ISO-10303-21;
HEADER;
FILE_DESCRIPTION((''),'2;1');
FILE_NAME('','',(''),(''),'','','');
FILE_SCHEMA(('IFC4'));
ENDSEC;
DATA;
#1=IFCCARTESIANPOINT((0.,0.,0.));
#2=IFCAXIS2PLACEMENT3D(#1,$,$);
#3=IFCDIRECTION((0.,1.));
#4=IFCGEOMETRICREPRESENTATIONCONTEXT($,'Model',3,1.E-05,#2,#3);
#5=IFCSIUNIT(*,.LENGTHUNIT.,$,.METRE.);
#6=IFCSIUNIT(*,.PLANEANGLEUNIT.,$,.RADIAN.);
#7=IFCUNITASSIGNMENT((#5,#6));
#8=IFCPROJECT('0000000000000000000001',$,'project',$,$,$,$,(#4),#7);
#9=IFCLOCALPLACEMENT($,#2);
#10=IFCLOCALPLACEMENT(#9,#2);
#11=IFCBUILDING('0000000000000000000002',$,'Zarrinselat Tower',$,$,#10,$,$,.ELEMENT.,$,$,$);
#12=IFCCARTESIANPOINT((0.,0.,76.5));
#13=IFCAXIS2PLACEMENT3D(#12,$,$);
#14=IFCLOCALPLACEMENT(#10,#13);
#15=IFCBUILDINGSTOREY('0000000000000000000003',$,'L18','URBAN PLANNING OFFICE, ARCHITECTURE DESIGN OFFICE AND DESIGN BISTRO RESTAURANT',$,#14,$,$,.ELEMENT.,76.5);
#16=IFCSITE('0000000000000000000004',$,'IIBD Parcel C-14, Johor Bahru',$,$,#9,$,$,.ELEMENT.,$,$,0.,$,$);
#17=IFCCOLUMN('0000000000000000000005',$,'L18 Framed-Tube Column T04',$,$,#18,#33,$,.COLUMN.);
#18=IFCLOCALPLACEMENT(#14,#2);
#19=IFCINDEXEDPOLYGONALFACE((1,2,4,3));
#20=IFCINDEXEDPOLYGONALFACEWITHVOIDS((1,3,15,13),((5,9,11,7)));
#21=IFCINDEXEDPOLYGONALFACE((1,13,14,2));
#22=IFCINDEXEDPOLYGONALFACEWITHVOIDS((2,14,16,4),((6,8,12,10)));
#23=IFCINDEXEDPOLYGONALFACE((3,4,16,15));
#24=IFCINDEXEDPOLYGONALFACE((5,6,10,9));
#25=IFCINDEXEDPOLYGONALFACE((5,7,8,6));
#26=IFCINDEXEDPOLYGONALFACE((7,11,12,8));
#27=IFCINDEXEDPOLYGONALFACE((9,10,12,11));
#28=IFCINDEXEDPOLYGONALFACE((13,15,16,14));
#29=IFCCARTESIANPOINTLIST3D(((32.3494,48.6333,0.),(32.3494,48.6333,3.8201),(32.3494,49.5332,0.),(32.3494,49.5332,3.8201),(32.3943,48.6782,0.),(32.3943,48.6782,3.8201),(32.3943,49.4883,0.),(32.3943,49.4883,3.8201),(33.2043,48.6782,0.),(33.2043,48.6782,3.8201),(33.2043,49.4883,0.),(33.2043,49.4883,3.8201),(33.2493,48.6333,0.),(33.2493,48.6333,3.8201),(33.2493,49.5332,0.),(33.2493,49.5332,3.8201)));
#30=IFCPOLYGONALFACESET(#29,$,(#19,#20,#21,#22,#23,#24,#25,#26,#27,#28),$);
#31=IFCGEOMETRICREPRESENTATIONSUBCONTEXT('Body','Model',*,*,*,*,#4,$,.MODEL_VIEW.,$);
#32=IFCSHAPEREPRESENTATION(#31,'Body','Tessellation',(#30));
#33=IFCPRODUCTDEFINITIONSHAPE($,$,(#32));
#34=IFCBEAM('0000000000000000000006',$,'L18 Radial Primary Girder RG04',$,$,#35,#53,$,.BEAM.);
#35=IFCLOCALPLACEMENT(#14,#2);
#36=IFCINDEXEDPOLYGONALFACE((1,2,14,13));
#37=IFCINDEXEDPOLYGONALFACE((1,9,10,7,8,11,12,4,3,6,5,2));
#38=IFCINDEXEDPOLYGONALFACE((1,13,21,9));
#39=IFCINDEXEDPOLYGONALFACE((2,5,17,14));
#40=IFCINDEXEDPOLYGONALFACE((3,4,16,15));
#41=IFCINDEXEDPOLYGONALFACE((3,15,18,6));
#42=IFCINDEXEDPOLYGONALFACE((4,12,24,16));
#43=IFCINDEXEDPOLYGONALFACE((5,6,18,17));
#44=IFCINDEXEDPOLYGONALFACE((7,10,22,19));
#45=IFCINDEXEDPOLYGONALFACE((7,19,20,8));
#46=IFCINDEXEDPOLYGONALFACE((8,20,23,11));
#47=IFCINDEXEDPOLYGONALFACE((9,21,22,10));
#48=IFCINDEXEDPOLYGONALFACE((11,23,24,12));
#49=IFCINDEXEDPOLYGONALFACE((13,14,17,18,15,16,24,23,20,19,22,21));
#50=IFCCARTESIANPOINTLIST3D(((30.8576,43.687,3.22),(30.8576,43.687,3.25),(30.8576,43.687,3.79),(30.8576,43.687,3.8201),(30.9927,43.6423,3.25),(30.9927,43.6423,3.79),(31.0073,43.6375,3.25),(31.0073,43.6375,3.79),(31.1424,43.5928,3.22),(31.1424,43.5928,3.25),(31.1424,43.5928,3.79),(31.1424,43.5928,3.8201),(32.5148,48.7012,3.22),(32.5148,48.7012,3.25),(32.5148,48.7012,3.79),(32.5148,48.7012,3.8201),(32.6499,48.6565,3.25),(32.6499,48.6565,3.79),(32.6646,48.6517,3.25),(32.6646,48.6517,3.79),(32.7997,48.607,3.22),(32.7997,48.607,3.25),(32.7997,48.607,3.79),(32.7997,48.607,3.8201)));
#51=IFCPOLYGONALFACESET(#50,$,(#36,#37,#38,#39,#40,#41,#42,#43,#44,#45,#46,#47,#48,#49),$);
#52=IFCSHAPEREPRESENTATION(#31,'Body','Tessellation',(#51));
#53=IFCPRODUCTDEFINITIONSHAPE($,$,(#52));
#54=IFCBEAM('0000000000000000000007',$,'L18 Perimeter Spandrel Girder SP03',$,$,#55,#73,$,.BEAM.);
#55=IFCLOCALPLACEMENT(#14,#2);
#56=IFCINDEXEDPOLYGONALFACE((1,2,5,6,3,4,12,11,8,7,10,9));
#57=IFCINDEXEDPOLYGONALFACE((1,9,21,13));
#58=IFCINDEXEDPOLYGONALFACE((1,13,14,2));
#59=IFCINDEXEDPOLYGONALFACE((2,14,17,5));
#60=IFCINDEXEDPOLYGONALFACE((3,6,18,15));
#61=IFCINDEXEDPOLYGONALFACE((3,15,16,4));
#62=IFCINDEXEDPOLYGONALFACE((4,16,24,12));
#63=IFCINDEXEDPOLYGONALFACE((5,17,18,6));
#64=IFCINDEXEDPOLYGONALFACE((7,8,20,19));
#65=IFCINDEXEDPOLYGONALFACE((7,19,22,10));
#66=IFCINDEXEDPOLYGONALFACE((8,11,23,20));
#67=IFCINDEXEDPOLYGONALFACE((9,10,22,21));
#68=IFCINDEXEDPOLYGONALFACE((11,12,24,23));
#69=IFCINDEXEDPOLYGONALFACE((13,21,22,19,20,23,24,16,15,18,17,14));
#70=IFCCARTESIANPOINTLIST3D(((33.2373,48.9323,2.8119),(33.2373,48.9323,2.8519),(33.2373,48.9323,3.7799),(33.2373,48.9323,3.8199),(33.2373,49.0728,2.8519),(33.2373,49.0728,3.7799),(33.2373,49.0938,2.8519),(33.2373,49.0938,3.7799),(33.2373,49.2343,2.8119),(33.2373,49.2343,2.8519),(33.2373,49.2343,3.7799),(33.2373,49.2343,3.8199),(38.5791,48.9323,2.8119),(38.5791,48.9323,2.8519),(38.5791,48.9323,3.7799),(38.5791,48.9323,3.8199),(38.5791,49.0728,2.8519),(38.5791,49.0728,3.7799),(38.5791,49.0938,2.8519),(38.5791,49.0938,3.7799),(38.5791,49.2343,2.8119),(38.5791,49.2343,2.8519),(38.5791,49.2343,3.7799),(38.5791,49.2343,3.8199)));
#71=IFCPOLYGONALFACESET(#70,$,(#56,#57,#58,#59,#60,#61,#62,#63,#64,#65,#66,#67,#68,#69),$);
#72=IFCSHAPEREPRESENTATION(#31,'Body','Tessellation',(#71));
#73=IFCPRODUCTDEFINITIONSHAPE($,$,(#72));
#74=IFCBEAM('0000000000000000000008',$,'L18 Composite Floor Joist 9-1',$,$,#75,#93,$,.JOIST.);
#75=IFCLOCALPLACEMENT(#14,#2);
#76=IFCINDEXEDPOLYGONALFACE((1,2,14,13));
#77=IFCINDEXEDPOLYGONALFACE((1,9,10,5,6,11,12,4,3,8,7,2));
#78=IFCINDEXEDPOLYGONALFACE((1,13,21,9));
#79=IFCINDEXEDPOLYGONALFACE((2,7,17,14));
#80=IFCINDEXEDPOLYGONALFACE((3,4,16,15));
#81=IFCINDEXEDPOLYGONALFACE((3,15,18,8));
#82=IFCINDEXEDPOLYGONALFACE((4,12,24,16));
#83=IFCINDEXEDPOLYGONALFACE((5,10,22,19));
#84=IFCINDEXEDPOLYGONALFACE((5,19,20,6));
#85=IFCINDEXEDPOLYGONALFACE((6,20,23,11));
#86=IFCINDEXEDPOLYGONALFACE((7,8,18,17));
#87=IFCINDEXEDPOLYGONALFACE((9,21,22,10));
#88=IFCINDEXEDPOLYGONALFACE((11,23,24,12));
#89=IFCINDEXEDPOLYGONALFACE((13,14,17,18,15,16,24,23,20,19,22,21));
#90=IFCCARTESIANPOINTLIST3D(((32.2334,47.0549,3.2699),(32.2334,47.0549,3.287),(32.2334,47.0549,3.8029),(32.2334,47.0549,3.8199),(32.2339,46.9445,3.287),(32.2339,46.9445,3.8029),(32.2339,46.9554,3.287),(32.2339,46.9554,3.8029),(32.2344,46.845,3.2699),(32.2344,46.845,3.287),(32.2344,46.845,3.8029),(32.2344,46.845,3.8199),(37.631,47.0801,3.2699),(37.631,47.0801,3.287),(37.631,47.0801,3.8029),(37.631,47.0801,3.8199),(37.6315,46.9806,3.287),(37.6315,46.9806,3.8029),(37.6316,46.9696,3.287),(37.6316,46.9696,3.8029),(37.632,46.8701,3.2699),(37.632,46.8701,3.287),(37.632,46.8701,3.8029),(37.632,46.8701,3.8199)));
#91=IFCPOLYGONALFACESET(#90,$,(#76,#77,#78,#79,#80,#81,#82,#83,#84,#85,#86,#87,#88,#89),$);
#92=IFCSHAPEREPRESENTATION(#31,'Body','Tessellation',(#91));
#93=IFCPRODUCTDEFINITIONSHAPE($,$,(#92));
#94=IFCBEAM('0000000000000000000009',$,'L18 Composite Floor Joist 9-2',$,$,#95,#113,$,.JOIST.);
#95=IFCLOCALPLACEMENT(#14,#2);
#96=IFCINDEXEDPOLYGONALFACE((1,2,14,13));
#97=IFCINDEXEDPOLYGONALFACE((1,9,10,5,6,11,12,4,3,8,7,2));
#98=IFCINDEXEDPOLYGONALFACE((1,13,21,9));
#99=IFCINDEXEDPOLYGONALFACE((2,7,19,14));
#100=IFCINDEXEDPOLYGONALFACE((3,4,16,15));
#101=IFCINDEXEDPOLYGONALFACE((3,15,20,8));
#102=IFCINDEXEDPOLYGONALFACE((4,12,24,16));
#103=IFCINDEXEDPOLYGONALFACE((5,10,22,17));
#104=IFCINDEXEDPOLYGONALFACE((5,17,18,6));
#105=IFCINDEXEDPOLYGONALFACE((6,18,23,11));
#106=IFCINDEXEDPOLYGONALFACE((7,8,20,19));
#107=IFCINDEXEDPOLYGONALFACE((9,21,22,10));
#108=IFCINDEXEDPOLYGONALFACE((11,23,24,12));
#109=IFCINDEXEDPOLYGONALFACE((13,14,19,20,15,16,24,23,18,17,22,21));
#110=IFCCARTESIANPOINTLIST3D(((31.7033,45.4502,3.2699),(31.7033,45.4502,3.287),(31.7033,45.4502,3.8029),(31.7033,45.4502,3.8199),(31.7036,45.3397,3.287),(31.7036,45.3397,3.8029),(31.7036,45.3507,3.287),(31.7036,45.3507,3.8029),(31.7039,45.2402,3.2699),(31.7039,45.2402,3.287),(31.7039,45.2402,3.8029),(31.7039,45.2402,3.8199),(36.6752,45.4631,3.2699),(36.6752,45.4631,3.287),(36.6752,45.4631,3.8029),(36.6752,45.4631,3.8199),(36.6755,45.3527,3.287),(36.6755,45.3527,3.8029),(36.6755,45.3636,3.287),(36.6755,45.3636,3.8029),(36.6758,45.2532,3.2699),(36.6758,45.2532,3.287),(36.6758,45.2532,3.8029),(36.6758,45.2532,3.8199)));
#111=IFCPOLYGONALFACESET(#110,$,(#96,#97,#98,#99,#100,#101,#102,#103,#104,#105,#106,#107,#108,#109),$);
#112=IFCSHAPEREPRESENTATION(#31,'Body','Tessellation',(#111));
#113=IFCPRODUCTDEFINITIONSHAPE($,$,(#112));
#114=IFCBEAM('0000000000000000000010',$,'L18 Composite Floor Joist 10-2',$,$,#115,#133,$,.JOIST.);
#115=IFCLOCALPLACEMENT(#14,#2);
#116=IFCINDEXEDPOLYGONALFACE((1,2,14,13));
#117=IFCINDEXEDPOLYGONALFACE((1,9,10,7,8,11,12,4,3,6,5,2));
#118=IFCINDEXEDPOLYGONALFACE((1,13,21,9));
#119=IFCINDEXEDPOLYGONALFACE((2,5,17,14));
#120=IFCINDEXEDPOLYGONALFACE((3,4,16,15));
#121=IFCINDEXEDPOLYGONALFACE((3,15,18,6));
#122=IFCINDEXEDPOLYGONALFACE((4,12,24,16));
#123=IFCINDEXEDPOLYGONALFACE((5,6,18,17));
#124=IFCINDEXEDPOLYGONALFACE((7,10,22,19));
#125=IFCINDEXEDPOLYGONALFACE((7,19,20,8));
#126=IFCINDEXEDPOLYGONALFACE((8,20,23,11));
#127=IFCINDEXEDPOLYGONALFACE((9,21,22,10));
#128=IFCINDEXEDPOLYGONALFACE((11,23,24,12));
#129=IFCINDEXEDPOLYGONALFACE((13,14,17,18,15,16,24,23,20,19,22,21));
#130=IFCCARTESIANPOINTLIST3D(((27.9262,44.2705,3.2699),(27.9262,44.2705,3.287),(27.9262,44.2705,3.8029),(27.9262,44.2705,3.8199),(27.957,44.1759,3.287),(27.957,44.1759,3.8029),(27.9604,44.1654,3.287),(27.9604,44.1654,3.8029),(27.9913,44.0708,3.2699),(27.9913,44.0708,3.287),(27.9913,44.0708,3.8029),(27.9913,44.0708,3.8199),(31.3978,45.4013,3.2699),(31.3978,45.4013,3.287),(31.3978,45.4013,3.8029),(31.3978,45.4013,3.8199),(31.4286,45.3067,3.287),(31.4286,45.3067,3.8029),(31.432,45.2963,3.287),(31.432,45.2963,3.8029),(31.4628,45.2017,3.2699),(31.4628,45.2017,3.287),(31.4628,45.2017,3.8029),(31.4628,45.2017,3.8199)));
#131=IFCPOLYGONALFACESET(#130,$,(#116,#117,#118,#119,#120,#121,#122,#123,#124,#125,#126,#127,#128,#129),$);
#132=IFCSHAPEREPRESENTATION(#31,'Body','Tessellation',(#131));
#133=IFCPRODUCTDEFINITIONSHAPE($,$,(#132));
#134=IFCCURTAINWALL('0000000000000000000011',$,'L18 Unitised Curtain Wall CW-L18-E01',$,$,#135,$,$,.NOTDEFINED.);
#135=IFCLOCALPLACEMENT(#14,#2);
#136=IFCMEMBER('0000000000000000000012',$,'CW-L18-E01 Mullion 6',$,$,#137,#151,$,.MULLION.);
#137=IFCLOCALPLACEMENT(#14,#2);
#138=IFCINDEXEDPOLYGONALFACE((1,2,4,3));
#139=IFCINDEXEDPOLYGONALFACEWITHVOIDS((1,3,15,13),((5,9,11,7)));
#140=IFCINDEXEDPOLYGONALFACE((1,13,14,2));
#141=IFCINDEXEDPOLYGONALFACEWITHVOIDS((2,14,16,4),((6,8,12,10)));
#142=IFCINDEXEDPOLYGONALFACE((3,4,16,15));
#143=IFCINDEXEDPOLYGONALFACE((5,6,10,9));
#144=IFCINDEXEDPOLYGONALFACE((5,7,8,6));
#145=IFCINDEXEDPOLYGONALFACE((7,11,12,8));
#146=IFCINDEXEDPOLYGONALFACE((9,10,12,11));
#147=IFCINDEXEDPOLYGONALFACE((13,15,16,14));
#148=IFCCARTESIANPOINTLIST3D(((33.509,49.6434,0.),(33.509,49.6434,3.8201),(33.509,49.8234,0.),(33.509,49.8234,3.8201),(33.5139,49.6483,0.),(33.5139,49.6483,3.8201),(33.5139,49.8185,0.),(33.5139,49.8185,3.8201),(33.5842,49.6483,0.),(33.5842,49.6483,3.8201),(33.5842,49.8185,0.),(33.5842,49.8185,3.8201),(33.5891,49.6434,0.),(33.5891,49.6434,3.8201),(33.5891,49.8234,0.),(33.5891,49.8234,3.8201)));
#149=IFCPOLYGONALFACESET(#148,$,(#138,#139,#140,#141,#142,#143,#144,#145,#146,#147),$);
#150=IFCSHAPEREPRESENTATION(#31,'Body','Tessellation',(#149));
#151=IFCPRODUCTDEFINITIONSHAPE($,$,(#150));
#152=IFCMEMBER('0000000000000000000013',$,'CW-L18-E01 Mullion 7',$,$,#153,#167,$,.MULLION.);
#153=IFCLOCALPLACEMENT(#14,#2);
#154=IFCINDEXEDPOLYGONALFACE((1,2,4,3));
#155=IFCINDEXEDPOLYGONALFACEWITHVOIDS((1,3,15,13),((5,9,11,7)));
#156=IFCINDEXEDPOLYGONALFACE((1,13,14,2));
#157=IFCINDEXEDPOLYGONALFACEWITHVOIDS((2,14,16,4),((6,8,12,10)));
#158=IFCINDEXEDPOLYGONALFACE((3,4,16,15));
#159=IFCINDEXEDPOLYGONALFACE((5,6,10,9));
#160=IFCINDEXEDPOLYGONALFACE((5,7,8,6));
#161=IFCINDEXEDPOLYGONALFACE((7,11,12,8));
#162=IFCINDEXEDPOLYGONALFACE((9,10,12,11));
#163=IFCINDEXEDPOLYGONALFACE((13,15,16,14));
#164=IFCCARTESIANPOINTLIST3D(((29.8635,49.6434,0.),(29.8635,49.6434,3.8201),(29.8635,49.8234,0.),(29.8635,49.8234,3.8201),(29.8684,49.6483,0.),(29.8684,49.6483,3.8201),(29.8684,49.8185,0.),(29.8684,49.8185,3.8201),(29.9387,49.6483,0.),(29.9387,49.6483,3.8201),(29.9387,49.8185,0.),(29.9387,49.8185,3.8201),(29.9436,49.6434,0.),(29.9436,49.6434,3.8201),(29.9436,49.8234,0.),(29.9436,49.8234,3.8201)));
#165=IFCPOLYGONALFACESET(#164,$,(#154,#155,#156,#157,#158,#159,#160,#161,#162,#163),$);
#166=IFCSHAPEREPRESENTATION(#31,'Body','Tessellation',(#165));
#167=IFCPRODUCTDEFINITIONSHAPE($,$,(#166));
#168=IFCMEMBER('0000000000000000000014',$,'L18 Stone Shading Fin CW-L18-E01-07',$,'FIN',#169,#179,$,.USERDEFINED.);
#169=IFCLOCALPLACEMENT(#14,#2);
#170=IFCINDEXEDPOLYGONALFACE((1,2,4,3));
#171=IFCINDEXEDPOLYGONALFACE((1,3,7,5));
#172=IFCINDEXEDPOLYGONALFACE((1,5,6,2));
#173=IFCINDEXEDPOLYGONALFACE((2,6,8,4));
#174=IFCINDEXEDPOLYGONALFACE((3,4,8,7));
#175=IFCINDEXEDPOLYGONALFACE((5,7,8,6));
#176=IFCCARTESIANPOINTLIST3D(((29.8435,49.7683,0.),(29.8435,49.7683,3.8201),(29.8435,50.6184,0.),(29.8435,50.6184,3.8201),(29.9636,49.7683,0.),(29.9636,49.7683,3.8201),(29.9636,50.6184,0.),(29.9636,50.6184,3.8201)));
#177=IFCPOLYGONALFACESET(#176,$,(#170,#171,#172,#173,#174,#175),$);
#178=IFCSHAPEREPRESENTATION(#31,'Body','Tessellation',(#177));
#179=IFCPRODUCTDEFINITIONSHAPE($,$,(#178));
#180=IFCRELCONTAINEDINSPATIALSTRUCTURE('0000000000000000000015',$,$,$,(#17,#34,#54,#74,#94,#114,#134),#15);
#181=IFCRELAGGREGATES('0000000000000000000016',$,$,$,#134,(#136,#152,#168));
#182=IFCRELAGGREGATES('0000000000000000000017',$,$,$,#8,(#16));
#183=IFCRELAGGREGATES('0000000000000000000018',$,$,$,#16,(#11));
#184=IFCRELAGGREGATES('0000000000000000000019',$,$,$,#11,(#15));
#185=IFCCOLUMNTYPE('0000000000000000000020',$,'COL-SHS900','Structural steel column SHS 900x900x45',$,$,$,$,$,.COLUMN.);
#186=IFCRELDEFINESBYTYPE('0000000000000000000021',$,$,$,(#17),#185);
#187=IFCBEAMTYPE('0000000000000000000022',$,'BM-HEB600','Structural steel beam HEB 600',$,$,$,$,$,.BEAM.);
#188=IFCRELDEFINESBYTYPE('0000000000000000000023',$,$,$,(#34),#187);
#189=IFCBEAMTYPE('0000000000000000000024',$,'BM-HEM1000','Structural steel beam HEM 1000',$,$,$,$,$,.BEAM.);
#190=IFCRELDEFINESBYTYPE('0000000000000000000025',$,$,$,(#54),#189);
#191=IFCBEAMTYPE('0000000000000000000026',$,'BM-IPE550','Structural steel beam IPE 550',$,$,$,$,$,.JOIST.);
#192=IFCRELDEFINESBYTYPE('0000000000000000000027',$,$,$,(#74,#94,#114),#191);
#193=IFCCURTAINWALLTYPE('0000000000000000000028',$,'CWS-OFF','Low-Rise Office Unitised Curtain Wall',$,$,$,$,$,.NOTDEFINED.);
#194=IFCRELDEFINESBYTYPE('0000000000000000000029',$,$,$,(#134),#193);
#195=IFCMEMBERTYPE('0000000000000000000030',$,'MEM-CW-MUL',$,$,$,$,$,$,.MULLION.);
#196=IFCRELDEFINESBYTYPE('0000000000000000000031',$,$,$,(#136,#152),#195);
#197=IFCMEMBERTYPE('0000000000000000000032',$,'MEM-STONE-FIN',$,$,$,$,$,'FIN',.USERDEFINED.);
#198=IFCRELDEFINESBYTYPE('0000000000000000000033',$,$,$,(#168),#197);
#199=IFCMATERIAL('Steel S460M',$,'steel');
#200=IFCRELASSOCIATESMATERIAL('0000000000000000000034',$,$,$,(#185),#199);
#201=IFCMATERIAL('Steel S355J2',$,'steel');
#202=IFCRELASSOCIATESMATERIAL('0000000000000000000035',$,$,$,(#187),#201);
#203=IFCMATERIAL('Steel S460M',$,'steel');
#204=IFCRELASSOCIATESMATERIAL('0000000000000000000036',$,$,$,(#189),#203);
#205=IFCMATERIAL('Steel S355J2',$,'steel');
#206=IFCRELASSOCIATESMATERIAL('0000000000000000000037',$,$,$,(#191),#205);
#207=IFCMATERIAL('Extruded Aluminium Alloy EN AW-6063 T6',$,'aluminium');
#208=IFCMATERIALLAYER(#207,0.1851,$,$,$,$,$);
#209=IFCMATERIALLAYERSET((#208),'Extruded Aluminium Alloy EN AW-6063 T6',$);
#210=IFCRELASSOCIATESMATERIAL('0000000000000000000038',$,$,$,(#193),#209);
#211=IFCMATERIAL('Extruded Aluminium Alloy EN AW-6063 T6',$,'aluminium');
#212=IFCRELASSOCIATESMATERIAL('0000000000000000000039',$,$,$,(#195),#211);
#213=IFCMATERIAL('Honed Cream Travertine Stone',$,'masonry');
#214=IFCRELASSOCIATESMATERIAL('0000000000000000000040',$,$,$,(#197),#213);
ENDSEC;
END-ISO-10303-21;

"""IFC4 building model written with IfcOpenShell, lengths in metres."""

from ifc_helpers import new_model, si_unit, direction, frame, origin, origin_2d, place, context, subcontext, project, spatial, rectangle, hollow_rectangle, i_section, extrude, material, layer, layer_set, material_profile, profile_set, type_object, element, aggregate, save


model = new_model("IFC4")

# Units and contexts
model_context = context("Model", 3, precision=1e-05, world=origin(), true_north=direction((0.0, 1.0)))
body_context = subcontext(model_context, "Body", "Model", "MODEL_VIEW")
ifc_project = project(units=[si_unit("LENGTHUNIT", "METRE"), si_unit("PLANEANGLEUNIT", "RADIAN")], contexts=[model_context])

# Site, building, storey
site_placement = place(None, origin())
site = spatial("IfcSite", under=ifc_project, at=site_placement, Name="IIBD Parcel C-14, Johor Bahru", CompositionType="ELEMENT", RefElevation=0.0)
building_placement = place(site_placement, origin())
building = spatial("IfcBuilding", under=site, at=building_placement, Name="Zarrinselat Tower", CompositionType="ELEMENT")
storey_placement = place(building_placement, frame((0.0, 0.0, 76.5)))
storey = spatial("IfcBuildingStorey", under=building, at=storey_placement, Name="L18", Description="URBAN PLANNING OFFICE, ARCHITECTURE DESIGN OFFICE AND DESIGN BISTRO RESTAURANT", CompositionType="ELEMENT", Elevation=76.5)

# Column
ifc_material_1 = material(Name="Steel S460M", Category="steel")
ifc_material_profile_1 = material_profile(ifc_material_1, hollow_rectangle(XDim=0.8999, YDim=0.8999, WallThickness=0.0449, at=origin_2d()), Name="SHS 900x900x45")
ifc_profile_set_1 = profile_set([ifc_material_profile_1], Name="Steel S460M")
column_type = type_object("IfcColumnType", Name="COL-SHS900", Description="Structural steel column SHS 900x900x45", PredefinedType="COLUMN", material=ifc_profile_set_1)
column_placement = place(storey_placement, frame((32.7993, 49.0833, 0.0), z_axis=(0.0, 0.0, 1.0), x_axis=(1.0, 0.0, 0.0)))
element("IfcColumn", 1, at=column_placement, inside=storey, type_object=column_type, Name="L18 Framed-Tube Column T04", PredefinedType="COLUMN", context=body_context, shape_type="SweptSolid", body=[
    extrude(hollow_rectangle(XDim=0.8999, YDim=0.8999, WallThickness=0.0449, at=origin_2d()), origin(), (0.0, 0.0, 1.0), 3.8201),
])

# Beams
ifc_material_2 = material(Name="Steel S355J2", Category="steel")
ifc_material_profile_2 = material_profile(ifc_material_2, i_section(OverallWidth=0.3, OverallDepth=0.6001, WebThickness=0.0154, FlangeThickness=0.03, at=origin_2d()), Name="HEB 600")
ifc_profile_set_2 = profile_set([ifc_material_profile_2], Name="Steel S355J2")
beam_type_1 = type_object("IfcBeamType", Name="BM-HEB600", Description="Structural steel beam HEB 600", PredefinedType="BEAM", material=ifc_profile_set_2)
beam_1_placement = place(storey_placement, frame((31.0, 43.6399, 3.52), z_axis=(0.313814, 0.949485, 0.0), x_axis=(-0.949485, 0.313814, 0.0)))
element("IfcBeam", 2, at=beam_1_placement, inside=storey, type_object=beam_type_1, Name="L18 Radial Primary Girder RG04", PredefinedType="BEAM", context=body_context, shape_type="SweptSolid", body=[
    extrude(i_section(OverallWidth=0.3, OverallDepth=0.6001, WebThickness=0.0154, FlangeThickness=0.03, at=origin_2d()), origin(), (0.0, 0.0, 1.0), 5.281),
])
ifc_material_3 = material(Name="Steel S460M", Category="steel")
ifc_material_profile_3 = material_profile(ifc_material_3, i_section(OverallWidth=0.302, OverallDepth=1.0081, WebThickness=0.021, FlangeThickness=0.04, at=origin_2d()), Name="HEM 1000")
ifc_profile_set_3 = profile_set([ifc_material_profile_3], Name="Steel S460M")
beam_type_2 = type_object("IfcBeamType", Name="BM-HEM1000", Description="Structural steel beam HEM 1000", PredefinedType="BEAM", material=ifc_profile_set_3)
beam_2_placement = place(storey_placement, frame((33.2373, 49.0833, 3.3159), z_axis=(1.0, 0.0, 0.0), x_axis=(0.0, 1.0, 0.0)))
element("IfcBeam", 3, at=beam_2_placement, inside=storey, type_object=beam_type_2, Name="L18 Perimeter Spandrel Girder SP03", PredefinedType="BEAM", context=body_context, shape_type="SweptSolid", body=[
    extrude(i_section(OverallWidth=0.302, OverallDepth=1.0081, WebThickness=0.021, FlangeThickness=0.04, at=origin_2d()), origin(), (0.0, 0.0, 1.0), 5.3418),
])
ifc_material_4 = material(Name="Steel S355J2", Category="steel")
ifc_material_profile_4 = material_profile(ifc_material_4, i_section(OverallWidth=0.21, OverallDepth=0.55, WebThickness=0.011, FlangeThickness=0.0171, at=origin_2d()), Name="IPE 550")
ifc_profile_set_4 = profile_set([ifc_material_profile_4], Name="Steel S355J2")
beam_type_3 = type_object("IfcBeamType", Name="BM-IPE550", Description="Structural steel beam IPE 550", PredefinedType="JOIST", material=ifc_profile_set_4)
beam_3_placement = place(storey_placement, frame((32.2339, 46.95, 3.5449), z_axis=(0.999989, 0.004659, 0.0), x_axis=(-0.004659, 0.999989, 0.0)))
element("IfcBeam", 4, at=beam_3_placement, inside=storey, type_object=beam_type_3, Name="L18 Composite Floor Joist 9-1", PredefinedType="JOIST", context=body_context, shape_type="SweptSolid", body=[
    extrude(i_section(OverallWidth=0.21, OverallDepth=0.55, WebThickness=0.011, FlangeThickness=0.0171, at=origin_2d()), origin(), (0.0, 0.0, 1.0), 5.3977),
])
beam_4_placement = place(storey_placement, frame((31.7036, 45.3452, 3.5449), z_axis=(0.999997, 0.002602, 0.0), x_axis=(-0.002602, 0.999997, 0.0)))
element("IfcBeam", 5, at=beam_4_placement, inside=storey, type_object=beam_type_3, Name="L18 Composite Floor Joist 9-2", PredefinedType="JOIST", context=body_context, shape_type="SweptSolid", body=[
    extrude(i_section(OverallWidth=0.21, OverallDepth=0.55, WebThickness=0.011, FlangeThickness=0.0171, at=origin_2d()), origin(), (0.0, 0.0, 1.0), 4.9719),
])
beam_5_placement = place(storey_placement, frame((27.9587, 44.1707, 3.5449), z_axis=(0.950827, 0.309721, 0.0), x_axis=(-0.309721, 0.950827, 0.0)))
element("IfcBeam", 6, at=beam_5_placement, inside=storey, type_object=beam_type_3, Name="L18 Composite Floor Joist 10-2", PredefinedType="JOIST", context=body_context, shape_type="SweptSolid", body=[
    extrude(i_section(OverallWidth=0.21, OverallDepth=0.55, WebThickness=0.011, FlangeThickness=0.0171, at=origin_2d()), origin(), (0.0, 0.0, 1.0), 3.6511),
])

# Curtain wall, members
ifc_material_5 = material(Name="Extruded Aluminium Alloy EN AW-6063 T6", Category="aluminium")
ifc_layer_1 = layer(ifc_material_5, 0.1851)
ifc_layer_set_1 = layer_set([ifc_layer_1], Name="Extruded Aluminium Alloy EN AW-6063 T6")
curtain_wall_type = type_object("IfcCurtainWallType", Name="CWS-OFF", Description="Low-Rise Office Unitised Curtain Wall", PredefinedType="NOTDEFINED", material=ifc_layer_set_1)
curtain_wall_placement = place(storey_placement, origin())
curtain_wall = element("IfcCurtainWall", 7, at=curtain_wall_placement, inside=storey, type_object=curtain_wall_type, Name="L18 Unitised Curtain Wall CW-L18-E01", PredefinedType="NOTDEFINED")
ifc_material_6 = material(Name="Extruded Aluminium Alloy EN AW-6063 T6", Category="aluminium")
ifc_material_profile_5 = material_profile(ifc_material_6, hollow_rectangle(XDim=0.0801, YDim=0.1799, WallThickness=0.0049, at=origin_2d()), Name="RHS 180x80x5")
ifc_profile_set_5 = profile_set([ifc_material_profile_5], Name="Extruded Aluminium Alloy EN AW-6063 T6")
member_type_1 = type_object("IfcMemberType", Name="MEM-CW-MUL", PredefinedType="MULLION", material=ifc_profile_set_5)
member_1_placement = place(storey_placement, frame((33.5491, 49.7334, 0.0), z_axis=(0.0, 0.0, 1.0), x_axis=(-1.0, 0.0, 0.0)))
member_1 = element("IfcMember", 8, at=member_1_placement, type_object=member_type_1, Name="CW-L18-E01 Mullion 6", PredefinedType="MULLION", context=body_context, shape_type="SweptSolid", body=[
    extrude(hollow_rectangle(XDim=0.0801, YDim=0.1799, WallThickness=0.0049, at=origin_2d()), origin(), (0.0, 0.0, 1.0), 3.8201),
])
member_2_placement = place(storey_placement, frame((29.9036, 49.7334, 0.0), z_axis=(0.0, 0.0, 1.0), x_axis=(-1.0, 0.0, 0.0)))
member_2 = element("IfcMember", 9, at=member_2_placement, type_object=member_type_1, Name="CW-L18-E01 Mullion 7", PredefinedType="MULLION", context=body_context, shape_type="SweptSolid", body=[
    extrude(hollow_rectangle(XDim=0.0801, YDim=0.1799, WallThickness=0.0049, at=origin_2d()), origin(), (0.0, 0.0, 1.0), 3.8201),
])
ifc_material_7 = material(Name="Honed Cream Travertine Stone", Category="masonry")
ifc_material_profile_6 = material_profile(ifc_material_7, rectangle(XDim=0.1201, YDim=0.8501, at=origin_2d()), Name="FIN 850x120")
ifc_profile_set_6 = profile_set([ifc_material_profile_6], Name="Honed Cream Travertine Stone")
member_type_2 = type_object("IfcMemberType", Name="MEM-STONE-FIN", ElementType="FIN", PredefinedType="USERDEFINED", material=ifc_profile_set_6)
member_3_placement = place(storey_placement, frame((29.9036, 50.1934, 0.0), z_axis=(0.0, 0.0, 1.0), x_axis=(1.0, 0.0, 0.0)))
member_3 = element("IfcMember", 10, at=member_3_placement, type_object=member_type_2, Name="L18 Stone Shading Fin CW-L18-E01-07", ObjectType="FIN", PredefinedType="USERDEFINED", context=body_context, shape_type="SweptSolid", body=[
    extrude(rectangle(XDim=0.1201, YDim=0.8501, at=origin_2d()), origin(), (0.0, 0.0, 1.0), 3.8201),
])
aggregate(curtain_wall, [member_1, member_2, member_3])

save(model, "model.ifc")
